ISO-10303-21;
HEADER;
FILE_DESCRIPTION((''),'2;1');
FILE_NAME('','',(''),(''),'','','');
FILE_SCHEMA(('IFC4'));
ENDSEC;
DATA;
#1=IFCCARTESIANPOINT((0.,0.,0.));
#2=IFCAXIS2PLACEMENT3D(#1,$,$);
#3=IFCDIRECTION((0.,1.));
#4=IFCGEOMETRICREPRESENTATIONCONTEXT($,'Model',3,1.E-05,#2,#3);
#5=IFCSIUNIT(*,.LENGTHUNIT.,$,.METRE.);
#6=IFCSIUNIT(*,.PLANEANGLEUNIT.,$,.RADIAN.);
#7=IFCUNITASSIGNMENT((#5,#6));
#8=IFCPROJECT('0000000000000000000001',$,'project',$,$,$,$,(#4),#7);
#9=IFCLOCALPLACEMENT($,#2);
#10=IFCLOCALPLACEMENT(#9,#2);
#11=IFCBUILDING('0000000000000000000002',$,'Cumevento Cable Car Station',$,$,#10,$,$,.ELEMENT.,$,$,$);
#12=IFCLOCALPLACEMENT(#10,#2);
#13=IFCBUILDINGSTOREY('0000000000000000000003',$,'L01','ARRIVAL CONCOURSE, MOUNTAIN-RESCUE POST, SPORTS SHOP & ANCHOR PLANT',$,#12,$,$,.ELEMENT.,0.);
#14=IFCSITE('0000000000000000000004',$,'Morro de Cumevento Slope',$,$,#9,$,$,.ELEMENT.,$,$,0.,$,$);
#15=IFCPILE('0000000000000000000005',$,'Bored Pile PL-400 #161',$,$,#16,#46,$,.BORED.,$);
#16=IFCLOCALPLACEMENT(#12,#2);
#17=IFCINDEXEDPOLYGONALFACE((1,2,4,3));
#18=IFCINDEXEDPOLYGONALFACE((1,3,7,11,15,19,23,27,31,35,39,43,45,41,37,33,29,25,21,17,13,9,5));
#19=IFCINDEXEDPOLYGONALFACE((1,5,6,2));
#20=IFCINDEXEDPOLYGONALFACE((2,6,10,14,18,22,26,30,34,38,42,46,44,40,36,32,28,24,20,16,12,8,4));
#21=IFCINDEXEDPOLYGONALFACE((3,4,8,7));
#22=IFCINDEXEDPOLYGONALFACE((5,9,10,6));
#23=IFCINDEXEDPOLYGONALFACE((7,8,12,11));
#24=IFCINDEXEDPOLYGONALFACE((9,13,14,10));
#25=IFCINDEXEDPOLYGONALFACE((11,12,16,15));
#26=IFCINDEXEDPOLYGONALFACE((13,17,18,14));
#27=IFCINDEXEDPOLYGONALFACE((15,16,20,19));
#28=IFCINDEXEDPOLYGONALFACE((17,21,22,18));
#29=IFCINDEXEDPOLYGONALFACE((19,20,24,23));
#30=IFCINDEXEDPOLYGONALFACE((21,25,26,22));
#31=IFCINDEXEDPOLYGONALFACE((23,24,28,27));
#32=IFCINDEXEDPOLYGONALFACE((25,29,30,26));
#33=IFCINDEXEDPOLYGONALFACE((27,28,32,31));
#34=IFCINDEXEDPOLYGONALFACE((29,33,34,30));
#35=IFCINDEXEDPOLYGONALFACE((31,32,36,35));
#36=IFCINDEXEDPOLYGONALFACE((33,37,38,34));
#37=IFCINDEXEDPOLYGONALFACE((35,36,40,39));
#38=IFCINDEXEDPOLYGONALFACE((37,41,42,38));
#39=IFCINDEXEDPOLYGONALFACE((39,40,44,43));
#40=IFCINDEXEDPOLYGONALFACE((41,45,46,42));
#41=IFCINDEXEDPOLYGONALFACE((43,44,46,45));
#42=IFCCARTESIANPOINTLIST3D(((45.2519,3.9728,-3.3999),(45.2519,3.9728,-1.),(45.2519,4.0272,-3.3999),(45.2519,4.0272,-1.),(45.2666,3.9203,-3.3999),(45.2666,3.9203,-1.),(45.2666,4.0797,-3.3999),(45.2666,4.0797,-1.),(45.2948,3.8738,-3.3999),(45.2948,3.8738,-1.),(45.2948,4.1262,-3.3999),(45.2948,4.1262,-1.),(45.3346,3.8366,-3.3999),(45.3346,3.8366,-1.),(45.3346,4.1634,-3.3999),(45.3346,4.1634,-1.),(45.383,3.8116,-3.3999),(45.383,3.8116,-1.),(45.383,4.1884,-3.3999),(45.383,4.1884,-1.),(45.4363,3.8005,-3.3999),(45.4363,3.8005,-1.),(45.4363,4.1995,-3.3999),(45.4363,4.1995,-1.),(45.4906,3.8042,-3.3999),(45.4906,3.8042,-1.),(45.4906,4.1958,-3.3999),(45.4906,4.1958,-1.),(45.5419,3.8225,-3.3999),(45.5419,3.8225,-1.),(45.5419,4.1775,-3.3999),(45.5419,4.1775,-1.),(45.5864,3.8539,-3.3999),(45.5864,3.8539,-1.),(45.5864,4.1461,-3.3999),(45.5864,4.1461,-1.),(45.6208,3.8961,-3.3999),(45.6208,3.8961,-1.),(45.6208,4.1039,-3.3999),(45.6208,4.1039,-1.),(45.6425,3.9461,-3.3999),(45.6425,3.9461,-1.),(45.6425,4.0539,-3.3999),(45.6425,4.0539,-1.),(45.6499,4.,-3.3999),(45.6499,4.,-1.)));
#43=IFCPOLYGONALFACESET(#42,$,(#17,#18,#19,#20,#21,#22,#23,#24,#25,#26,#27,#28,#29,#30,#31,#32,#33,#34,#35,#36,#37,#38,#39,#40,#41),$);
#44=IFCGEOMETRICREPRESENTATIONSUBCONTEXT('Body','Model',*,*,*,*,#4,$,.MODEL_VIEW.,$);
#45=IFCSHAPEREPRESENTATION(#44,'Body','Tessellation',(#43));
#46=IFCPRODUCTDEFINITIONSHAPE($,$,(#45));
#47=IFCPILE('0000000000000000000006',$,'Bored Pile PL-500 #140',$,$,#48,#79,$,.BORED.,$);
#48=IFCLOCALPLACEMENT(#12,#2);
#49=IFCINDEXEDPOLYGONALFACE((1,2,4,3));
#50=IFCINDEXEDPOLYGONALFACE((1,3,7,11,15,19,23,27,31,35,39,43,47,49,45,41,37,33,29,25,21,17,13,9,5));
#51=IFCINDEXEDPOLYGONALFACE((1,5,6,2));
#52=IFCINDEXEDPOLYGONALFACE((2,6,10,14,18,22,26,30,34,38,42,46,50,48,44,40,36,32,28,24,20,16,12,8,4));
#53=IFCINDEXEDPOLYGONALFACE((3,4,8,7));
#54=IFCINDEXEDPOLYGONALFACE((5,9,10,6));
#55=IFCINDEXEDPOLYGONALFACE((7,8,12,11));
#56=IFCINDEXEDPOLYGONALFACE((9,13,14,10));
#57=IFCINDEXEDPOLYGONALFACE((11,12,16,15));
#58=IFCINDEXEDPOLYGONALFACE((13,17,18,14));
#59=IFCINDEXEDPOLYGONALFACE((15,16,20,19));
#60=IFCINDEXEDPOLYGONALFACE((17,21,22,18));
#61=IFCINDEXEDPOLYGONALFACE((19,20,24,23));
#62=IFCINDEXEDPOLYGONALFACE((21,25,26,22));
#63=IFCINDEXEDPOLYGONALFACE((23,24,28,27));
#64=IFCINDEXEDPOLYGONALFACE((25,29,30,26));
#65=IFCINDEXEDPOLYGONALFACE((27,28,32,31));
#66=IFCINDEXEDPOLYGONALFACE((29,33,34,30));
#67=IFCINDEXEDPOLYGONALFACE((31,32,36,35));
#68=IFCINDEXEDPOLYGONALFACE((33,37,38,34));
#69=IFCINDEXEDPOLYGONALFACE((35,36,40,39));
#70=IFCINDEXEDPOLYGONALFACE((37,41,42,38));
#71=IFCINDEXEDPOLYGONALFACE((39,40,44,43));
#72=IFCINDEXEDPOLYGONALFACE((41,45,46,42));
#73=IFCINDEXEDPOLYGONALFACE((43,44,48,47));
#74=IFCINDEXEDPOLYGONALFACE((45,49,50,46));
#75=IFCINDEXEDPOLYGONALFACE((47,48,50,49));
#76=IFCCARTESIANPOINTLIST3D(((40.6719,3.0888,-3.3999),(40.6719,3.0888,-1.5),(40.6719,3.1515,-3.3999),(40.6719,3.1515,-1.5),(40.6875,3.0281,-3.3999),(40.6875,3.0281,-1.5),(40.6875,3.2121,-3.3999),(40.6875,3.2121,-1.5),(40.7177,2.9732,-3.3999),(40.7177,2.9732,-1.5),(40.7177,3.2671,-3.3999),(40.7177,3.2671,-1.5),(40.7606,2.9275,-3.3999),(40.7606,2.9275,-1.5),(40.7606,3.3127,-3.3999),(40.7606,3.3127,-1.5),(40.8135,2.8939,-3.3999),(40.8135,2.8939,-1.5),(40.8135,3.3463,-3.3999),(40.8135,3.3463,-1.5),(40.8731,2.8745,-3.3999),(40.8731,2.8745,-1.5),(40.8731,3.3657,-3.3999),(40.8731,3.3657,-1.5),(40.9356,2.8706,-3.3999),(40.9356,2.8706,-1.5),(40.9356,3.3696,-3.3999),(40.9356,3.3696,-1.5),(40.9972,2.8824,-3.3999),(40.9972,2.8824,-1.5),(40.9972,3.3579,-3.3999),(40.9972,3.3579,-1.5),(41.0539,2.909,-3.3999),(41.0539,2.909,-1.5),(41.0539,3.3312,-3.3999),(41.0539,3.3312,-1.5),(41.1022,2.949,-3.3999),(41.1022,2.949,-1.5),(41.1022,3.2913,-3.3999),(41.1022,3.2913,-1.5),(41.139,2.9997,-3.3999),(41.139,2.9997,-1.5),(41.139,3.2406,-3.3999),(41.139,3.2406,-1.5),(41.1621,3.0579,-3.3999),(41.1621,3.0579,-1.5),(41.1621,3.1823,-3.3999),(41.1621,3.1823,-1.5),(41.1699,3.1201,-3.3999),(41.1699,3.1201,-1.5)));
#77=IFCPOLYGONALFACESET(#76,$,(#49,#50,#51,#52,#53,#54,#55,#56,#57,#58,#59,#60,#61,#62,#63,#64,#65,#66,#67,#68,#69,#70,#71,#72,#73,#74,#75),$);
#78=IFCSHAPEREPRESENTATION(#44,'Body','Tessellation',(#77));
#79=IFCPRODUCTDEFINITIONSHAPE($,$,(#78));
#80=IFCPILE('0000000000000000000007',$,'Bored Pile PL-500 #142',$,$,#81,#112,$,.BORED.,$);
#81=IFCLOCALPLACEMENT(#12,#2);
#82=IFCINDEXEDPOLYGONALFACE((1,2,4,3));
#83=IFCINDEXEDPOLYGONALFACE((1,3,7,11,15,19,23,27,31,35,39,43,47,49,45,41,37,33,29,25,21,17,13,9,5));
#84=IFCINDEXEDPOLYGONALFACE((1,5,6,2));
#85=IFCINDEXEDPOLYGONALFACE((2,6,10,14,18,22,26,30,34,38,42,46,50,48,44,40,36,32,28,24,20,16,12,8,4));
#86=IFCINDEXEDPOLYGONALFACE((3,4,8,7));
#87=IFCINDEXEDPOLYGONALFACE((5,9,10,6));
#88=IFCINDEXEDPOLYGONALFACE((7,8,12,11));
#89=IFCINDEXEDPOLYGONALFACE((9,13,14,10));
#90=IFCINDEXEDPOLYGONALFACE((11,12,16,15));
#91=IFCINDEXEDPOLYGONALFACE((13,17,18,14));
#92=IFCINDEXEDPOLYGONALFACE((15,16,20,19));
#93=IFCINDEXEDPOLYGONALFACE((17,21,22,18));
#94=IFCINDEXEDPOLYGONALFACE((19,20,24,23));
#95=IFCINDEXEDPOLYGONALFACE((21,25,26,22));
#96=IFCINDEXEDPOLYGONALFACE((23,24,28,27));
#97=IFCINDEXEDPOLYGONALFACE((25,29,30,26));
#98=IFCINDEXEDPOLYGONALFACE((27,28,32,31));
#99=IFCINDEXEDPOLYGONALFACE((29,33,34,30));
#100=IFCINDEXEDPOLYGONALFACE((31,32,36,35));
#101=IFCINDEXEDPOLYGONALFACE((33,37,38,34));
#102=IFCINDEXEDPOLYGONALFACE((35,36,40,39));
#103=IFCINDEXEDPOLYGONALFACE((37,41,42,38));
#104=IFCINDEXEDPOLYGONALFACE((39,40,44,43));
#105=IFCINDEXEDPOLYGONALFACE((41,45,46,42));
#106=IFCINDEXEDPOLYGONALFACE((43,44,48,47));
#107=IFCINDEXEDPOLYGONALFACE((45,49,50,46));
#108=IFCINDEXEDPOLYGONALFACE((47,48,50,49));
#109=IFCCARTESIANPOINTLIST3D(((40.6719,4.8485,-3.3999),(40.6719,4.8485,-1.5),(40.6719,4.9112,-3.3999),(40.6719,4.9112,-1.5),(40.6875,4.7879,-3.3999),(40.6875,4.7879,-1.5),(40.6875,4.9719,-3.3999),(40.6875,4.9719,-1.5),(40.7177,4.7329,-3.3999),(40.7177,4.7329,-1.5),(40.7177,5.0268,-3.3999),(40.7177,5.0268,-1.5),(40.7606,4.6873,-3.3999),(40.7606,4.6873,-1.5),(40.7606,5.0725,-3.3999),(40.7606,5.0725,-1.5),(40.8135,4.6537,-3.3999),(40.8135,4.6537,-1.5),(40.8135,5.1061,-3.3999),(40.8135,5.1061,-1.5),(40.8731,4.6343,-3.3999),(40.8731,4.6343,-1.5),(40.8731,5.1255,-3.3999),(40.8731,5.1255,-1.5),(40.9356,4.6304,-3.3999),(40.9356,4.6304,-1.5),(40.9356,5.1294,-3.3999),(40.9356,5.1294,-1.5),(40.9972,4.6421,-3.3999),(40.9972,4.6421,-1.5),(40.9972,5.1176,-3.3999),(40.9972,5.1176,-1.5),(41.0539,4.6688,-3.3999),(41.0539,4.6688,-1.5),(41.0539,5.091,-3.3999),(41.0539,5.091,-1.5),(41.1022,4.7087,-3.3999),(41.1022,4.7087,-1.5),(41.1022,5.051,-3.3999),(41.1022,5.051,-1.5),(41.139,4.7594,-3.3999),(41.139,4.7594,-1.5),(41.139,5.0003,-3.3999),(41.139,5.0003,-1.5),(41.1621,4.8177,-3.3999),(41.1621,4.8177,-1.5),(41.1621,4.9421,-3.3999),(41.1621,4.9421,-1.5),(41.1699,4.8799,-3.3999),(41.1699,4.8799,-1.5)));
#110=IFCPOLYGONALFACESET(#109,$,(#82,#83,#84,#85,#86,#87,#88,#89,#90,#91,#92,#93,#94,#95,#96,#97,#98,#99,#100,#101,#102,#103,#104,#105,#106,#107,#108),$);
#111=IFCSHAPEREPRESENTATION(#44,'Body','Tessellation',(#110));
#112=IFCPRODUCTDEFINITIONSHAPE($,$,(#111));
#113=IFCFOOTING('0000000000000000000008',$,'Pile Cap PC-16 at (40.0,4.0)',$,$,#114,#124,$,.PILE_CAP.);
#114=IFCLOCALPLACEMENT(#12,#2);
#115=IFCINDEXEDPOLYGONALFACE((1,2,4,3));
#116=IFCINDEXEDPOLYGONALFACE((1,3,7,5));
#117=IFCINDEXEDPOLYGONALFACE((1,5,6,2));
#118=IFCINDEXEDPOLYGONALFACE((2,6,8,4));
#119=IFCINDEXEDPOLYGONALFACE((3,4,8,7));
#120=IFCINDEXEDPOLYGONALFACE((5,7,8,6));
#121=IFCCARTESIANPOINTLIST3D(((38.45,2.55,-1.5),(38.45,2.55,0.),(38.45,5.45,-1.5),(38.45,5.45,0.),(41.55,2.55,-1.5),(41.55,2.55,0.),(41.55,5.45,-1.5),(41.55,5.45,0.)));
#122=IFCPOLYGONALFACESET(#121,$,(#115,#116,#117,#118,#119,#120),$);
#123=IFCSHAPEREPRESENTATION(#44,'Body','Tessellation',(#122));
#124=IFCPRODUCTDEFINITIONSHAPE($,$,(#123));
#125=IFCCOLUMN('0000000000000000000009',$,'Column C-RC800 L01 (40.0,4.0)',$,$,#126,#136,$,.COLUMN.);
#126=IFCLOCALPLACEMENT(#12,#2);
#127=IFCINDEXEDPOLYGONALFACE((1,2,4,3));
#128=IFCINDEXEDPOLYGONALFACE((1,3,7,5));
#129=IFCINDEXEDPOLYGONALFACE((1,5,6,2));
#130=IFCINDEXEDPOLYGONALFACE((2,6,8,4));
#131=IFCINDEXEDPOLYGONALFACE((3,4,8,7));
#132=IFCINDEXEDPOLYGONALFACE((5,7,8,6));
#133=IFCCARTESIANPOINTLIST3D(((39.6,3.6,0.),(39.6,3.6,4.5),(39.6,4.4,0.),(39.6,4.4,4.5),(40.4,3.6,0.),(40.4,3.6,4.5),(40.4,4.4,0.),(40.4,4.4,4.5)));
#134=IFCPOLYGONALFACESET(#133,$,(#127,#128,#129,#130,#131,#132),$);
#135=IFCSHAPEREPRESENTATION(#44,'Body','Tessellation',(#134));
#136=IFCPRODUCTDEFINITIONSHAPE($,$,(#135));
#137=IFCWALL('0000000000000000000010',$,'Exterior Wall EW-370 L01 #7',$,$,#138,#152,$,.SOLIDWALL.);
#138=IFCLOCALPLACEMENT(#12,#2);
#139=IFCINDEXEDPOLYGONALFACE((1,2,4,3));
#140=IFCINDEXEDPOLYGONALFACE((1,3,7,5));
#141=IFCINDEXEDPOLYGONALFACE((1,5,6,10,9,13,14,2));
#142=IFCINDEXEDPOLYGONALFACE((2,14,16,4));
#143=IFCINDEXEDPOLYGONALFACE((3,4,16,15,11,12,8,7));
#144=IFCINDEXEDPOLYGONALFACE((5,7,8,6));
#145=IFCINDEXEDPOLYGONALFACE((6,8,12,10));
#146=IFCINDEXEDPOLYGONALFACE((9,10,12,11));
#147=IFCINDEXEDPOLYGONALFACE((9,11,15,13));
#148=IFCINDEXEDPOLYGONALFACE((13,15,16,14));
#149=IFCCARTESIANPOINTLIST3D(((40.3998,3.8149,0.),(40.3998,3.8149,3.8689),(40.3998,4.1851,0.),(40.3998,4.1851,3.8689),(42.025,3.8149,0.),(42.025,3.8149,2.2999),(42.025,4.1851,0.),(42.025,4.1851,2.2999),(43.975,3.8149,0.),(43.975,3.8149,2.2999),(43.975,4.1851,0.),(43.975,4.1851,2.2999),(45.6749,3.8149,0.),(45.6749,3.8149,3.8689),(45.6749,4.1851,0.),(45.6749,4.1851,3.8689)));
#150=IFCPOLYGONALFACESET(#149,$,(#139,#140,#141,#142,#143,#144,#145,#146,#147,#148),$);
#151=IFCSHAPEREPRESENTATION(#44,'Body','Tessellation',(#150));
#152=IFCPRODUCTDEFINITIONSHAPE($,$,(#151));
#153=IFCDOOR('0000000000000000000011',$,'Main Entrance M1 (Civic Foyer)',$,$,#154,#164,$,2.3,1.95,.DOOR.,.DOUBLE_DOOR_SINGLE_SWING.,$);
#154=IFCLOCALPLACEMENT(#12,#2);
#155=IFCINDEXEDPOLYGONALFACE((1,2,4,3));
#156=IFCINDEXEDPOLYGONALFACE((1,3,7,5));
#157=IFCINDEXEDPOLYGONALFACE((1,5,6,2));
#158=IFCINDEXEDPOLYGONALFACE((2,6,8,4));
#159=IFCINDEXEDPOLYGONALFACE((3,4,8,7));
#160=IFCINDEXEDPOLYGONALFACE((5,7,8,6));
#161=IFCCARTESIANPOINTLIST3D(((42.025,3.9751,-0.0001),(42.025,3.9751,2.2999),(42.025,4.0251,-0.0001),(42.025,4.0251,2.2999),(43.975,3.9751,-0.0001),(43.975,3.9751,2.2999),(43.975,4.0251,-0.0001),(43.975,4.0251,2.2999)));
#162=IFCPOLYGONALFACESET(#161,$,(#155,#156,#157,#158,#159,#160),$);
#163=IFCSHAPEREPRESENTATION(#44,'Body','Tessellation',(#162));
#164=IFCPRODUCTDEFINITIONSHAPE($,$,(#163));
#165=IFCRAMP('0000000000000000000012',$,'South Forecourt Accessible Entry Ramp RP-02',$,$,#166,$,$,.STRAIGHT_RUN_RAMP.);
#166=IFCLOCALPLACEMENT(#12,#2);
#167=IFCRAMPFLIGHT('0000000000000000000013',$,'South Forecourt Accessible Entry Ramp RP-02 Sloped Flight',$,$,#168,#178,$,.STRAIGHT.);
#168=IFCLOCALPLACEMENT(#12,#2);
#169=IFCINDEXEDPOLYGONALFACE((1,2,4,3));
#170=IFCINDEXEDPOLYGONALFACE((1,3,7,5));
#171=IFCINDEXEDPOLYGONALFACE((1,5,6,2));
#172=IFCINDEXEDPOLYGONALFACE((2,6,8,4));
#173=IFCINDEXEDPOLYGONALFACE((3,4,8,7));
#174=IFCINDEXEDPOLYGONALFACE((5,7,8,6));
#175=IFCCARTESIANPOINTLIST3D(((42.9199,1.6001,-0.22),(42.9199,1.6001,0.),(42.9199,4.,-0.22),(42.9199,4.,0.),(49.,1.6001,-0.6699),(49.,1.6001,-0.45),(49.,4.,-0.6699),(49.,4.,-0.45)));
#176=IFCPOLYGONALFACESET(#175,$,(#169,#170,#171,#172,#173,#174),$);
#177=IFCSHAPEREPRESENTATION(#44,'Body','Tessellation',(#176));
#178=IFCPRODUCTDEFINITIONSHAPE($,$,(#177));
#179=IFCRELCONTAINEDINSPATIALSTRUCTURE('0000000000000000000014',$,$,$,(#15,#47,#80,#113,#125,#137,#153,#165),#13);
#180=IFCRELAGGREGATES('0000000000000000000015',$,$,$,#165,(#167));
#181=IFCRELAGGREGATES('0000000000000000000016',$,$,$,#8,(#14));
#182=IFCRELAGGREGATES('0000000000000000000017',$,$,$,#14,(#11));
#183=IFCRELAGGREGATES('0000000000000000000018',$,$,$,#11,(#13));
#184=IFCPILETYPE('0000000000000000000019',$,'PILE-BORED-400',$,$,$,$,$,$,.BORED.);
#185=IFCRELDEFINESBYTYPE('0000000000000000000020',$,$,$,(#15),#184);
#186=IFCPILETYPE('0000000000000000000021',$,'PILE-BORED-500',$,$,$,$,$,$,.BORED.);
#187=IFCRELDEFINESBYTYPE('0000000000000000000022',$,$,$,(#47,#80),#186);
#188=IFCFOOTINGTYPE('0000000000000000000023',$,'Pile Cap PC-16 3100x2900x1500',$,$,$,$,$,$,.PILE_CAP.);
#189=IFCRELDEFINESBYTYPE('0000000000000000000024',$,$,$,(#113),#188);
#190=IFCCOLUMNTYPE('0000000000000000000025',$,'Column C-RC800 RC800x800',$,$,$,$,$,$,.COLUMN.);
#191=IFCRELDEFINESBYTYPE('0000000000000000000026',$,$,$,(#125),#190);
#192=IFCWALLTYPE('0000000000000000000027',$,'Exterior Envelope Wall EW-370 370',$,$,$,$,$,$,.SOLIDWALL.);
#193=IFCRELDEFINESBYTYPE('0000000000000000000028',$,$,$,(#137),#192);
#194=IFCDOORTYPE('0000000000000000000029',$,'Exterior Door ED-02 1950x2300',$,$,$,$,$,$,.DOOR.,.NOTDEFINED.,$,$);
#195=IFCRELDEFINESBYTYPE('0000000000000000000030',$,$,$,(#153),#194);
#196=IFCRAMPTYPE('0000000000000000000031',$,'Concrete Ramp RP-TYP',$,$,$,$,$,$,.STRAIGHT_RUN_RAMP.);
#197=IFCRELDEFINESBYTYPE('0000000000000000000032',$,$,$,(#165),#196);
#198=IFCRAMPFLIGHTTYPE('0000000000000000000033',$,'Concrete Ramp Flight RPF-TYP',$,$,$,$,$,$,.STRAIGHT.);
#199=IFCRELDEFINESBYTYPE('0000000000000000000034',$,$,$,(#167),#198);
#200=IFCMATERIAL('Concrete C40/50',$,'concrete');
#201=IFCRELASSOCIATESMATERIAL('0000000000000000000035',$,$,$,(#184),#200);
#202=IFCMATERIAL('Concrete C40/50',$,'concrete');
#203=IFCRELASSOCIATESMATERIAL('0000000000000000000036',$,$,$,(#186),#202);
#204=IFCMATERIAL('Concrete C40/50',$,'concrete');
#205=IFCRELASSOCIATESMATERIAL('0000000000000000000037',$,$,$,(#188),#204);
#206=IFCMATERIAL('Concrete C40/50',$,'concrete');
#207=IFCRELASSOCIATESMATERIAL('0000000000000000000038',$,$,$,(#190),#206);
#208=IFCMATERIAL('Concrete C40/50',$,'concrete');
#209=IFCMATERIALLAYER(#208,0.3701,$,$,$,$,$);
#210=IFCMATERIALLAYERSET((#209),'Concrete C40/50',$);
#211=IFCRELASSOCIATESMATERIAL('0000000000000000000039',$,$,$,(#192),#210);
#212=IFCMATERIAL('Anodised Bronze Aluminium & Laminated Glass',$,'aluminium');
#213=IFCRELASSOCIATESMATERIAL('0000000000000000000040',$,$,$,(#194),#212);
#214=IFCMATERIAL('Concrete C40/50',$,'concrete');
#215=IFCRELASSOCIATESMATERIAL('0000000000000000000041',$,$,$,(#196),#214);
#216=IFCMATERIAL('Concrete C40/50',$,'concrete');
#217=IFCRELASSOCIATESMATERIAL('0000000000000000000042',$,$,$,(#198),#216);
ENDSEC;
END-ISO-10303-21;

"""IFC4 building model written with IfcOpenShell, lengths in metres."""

from ifc_helpers import new_model, si_unit, direction, frame, frame_2d, origin, origin_2d, place, context, subcontext, project, spatial, polyline, rectangle, circle, outline, extrude, material, layer, layer_set, material_profile, profile_set, type_object, element, fill, aggregate, save


model = new_model("IFC4")

# Units and contexts
model_context = context("Model", 3, precision=1e-05, world=origin(), true_north=direction((0.0, 1.0)))
body_context = subcontext(model_context, "Body", "Model", "MODEL_VIEW")
ifc_project = project(units=[si_unit("LENGTHUNIT", "METRE"), si_unit("PLANEANGLEUNIT", "RADIAN")], contexts=[model_context])

# Site, building, storey
site_placement = place(None, origin())
site = spatial("IfcSite", under=ifc_project, at=site_placement, Name="Morro de Cumevento Slope", CompositionType="ELEMENT", RefElevation=0.0)
building_placement = place(site_placement, origin())
building = spatial("IfcBuilding", under=site, at=building_placement, Name="Cumevento Cable Car Station", CompositionType="ELEMENT")
storey_placement = place(building_placement, origin())
storey = spatial("IfcBuildingStorey", under=building, at=storey_placement, Name="L01", Description="ARRIVAL CONCOURSE, MOUNTAIN-RESCUE POST, SPORTS SHOP & ANCHOR PLANT", CompositionType="ELEMENT", Elevation=0.0)

# Piles
ifc_material_1 = material(Name="Concrete C40/50", Category="concrete")
ifc_material_profile_1 = material_profile(ifc_material_1, circle(Radius=0.2, at=origin_2d()), Name="PILE-D400")
ifc_profile_set_1 = profile_set([ifc_material_profile_1], Name="Concrete C40/50")
pile_type_1 = type_object("IfcPileType", Name="PILE-BORED-400", PredefinedType="BORED", material=ifc_profile_set_1)
pile_placement = place(storey_placement, frame((45.45, 4.0, -1.0), z_axis=(0.0, 0.0, -1.0), x_axis=(1.0, 0.0, 0.0)))
element("IfcPile", 1, at=pile_placement, inside=storey, type_object=pile_type_1, Name="Bored Pile PL-400 #161", PredefinedType="BORED", context=body_context, shape_type="SweptSolid", body=[
    extrude(circle(Radius=0.2, at=origin_2d()), origin(), (0.0, 0.0, 1.0), 2.3999),
])
ifc_material_2 = material(Name="Concrete C40/50", Category="concrete")
ifc_material_profile_2 = material_profile(ifc_material_2, circle(Radius=0.25, at=origin_2d()), Name="PILE-D500")
ifc_profile_set_2 = profile_set([ifc_material_profile_2], Name="Concrete C40/50")
pile_type_2 = type_object("IfcPileType", Name="PILE-BORED-500", PredefinedType="BORED", material=ifc_profile_set_2)
for number, where, z_axis, x_axis, name in (
    (2, (40.9199, 3.1201, -1.5), (0.0, 0.0, -1.0), (1.0, 0.0, 0.0), "Bored Pile PL-500 #140"),
    (3, (40.9199, 4.8799, -1.5), (0.0, 0.0, -1.0), (1.0, 0.0, 0.0), "Bored Pile PL-500 #142"),
):
    element("IfcPile", number, at=place(storey_placement, frame(where, z_axis=z_axis, x_axis=x_axis)), inside=storey, type_object=pile_type_2, Name=name, PredefinedType="BORED", context=body_context, shape_type="SweptSolid", body=[
        extrude(circle(Radius=0.25, at=origin_2d()), origin(), (0.0, 0.0, 1.0), 1.8999),
    ])

# Footing
ifc_material_3 = material(Name="Concrete C40/50", Category="concrete")
footing_type = type_object("IfcFootingType", Name="Pile Cap PC-16 3100x2900x1500", PredefinedType="PILE_CAP", material=ifc_material_3)
footing_placement = place(storey_placement, frame((40.0, 4.0, -1.5), z_axis=(0.0, 0.0, 1.0), x_axis=(1.0, 0.0, 0.0)))
element("IfcFooting", 4, at=footing_placement, inside=storey, type_object=footing_type, Name="Pile Cap PC-16 at (40.0,4.0)", PredefinedType="PILE_CAP", context=body_context, shape_type="SweptSolid", body=[
    extrude(rectangle(XDim=3.1001, YDim=2.8999, at=origin_2d()), origin(), (0.0, 0.0, 1.0), 1.5),
])

# Column
ifc_material_4 = material(Name="Concrete C40/50", Category="concrete")
ifc_material_profile_3 = material_profile(ifc_material_4, rectangle(XDim=0.8, YDim=0.8, at=origin_2d()), Name="RC800x800")
ifc_profile_set_3 = profile_set([ifc_material_profile_3], Name="Concrete C40/50")
column_type = type_object("IfcColumnType", Name="Column C-RC800 RC800x800", PredefinedType="COLUMN", material=ifc_profile_set_3)
column_placement = place(storey_placement, frame((40.0, 4.0, 0.0), z_axis=(0.0, 0.0, 1.0), x_axis=(1.0, 0.0, 0.0)))
element("IfcColumn", 5, at=column_placement, inside=storey, type_object=column_type, Name="Column C-RC800 L01 (40.0,4.0)", PredefinedType="COLUMN", context=body_context, shape_type="SweptSolid", body=[
    extrude(rectangle(XDim=0.8, YDim=0.8, at=origin_2d()), origin(), (0.0, 0.0, 1.0), 4.5),
])

# Wall, opening, door
ifc_material_5 = material(Name="Concrete C40/50", Category="concrete")
ifc_layer = layer(ifc_material_5, 0.3701)
ifc_layer_set = layer_set([ifc_layer], Name="Concrete C40/50")
wall_type = type_object("IfcWallType", Name="Exterior Envelope Wall EW-370 370", PredefinedType="SOLIDWALL", material=ifc_layer_set)
wall_placement = place(storey_placement, frame((45.675, 4.0, 0.0), z_axis=(0.0, 0.0, 1.0), x_axis=(-1.0, 0.0, 0.0)))
wall = element("IfcWall", 6, at=wall_placement, inside=storey, type_object=wall_type, Name="Exterior Wall EW-370 L01 #7", PredefinedType="SOLIDWALL", context=body_context, shape_type="SweptSolid", body=[
    extrude(rectangle(XDim=5.2751, YDim=0.3701, at=frame_2d((2.6377, 0.0))), origin(), (0.0, 0.0, 1.0), 3.8689),
])
opening_placement = place(wall_placement, frame((1.7, 0.0, 0.0)))
opening = element("IfcOpeningElement", 7, at=opening_placement, cuts=wall, PredefinedType="OPENING", context=body_context, shape_type="SweptSolid", body=[
    extrude(rectangle(XDim=1.95, YDim=2.3, at=frame_2d((0.9751, 1.1499))), frame((0.0, 0.1951, 0.0), z_axis=(0.0, -1.0, 0.0), x_axis=(1.0, 0.0, 0.0)), (0.0, 0.0, 1.0), 0.3901),
])
ifc_material_6 = material(Name="Anodised Bronze Aluminium & Laminated Glass", Category="aluminium")
door_type = type_object("IfcDoorType", Name="Exterior Door ED-02 1950x2300", OperationType="NOTDEFINED", PredefinedType="DOOR", material=ifc_material_6)
door_placement = place(opening_placement, origin())
door = element("IfcDoor", 8, at=door_placement, inside=storey, type_object=door_type, Name="Main Entrance M1 (Civic Foyer)", OperationType="DOUBLE_DOOR_SINGLE_SWING", OverallHeight=2.3, OverallWidth=1.95, PredefinedType="DOOR", context=body_context, shape_type="SweptSolid", body=[
    extrude(rectangle(XDim=1.95, YDim=2.3, at=frame_2d((0.9751, 1.1499))), frame((0.0, 0.0249, 0.0), z_axis=(0.0, -1.0, 0.0), x_axis=(1.0, 0.0, 0.0)), (0.0, 0.0, 1.0), 0.05),
])
fill(opening, door)

# Ramp, ramp flight
ifc_material_7 = material(Name="Concrete C40/50", Category="concrete")
ramp_type = type_object("IfcRampType", Name="Concrete Ramp RP-TYP", PredefinedType="STRAIGHT_RUN_RAMP", material=ifc_material_7)
ramp_placement = place(storey_placement, origin())
ramp = element("IfcRamp", 9, at=ramp_placement, inside=storey, type_object=ramp_type, Name="South Forecourt Accessible Entry Ramp RP-02", PredefinedType="STRAIGHT_RUN_RAMP")
ifc_material_8 = material(Name="Concrete C40/50", Category="concrete")
ramp_flight_type = type_object("IfcRampFlightType", Name="Concrete Ramp Flight RPF-TYP", PredefinedType="STRAIGHT", material=ifc_material_8)
ramp_flight_1_placement = place(storey_placement, frame((42.9199, 2.8, 0.0), z_axis=(0.0, 0.0, 1.0), x_axis=(1.0, 0.0, 0.0)))
ramp_flight_1 = element("IfcRampFlight", 10, at=ramp_flight_1_placement, type_object=ramp_flight_type, Name="South Forecourt Accessible Entry Ramp RP-02 Sloped Flight", PredefinedType="STRAIGHT", context=body_context, shape_type="SweptSolid", body=[
    extrude(outline(polyline([(0.0, 0.0), (6.0801, -0.45), (6.0801, -0.6699), (0.0, -0.22), (0.0, 0.0)])), frame((0.0, 1.2, 0.0), z_axis=(0.0, -1.0, 0.0), x_axis=(1.0, 0.0, 0.0)), (0.0, 0.0, 1.0), 2.3999),
])
aggregate(ramp, [ramp_flight_1])

save(model, "model.ifc")
